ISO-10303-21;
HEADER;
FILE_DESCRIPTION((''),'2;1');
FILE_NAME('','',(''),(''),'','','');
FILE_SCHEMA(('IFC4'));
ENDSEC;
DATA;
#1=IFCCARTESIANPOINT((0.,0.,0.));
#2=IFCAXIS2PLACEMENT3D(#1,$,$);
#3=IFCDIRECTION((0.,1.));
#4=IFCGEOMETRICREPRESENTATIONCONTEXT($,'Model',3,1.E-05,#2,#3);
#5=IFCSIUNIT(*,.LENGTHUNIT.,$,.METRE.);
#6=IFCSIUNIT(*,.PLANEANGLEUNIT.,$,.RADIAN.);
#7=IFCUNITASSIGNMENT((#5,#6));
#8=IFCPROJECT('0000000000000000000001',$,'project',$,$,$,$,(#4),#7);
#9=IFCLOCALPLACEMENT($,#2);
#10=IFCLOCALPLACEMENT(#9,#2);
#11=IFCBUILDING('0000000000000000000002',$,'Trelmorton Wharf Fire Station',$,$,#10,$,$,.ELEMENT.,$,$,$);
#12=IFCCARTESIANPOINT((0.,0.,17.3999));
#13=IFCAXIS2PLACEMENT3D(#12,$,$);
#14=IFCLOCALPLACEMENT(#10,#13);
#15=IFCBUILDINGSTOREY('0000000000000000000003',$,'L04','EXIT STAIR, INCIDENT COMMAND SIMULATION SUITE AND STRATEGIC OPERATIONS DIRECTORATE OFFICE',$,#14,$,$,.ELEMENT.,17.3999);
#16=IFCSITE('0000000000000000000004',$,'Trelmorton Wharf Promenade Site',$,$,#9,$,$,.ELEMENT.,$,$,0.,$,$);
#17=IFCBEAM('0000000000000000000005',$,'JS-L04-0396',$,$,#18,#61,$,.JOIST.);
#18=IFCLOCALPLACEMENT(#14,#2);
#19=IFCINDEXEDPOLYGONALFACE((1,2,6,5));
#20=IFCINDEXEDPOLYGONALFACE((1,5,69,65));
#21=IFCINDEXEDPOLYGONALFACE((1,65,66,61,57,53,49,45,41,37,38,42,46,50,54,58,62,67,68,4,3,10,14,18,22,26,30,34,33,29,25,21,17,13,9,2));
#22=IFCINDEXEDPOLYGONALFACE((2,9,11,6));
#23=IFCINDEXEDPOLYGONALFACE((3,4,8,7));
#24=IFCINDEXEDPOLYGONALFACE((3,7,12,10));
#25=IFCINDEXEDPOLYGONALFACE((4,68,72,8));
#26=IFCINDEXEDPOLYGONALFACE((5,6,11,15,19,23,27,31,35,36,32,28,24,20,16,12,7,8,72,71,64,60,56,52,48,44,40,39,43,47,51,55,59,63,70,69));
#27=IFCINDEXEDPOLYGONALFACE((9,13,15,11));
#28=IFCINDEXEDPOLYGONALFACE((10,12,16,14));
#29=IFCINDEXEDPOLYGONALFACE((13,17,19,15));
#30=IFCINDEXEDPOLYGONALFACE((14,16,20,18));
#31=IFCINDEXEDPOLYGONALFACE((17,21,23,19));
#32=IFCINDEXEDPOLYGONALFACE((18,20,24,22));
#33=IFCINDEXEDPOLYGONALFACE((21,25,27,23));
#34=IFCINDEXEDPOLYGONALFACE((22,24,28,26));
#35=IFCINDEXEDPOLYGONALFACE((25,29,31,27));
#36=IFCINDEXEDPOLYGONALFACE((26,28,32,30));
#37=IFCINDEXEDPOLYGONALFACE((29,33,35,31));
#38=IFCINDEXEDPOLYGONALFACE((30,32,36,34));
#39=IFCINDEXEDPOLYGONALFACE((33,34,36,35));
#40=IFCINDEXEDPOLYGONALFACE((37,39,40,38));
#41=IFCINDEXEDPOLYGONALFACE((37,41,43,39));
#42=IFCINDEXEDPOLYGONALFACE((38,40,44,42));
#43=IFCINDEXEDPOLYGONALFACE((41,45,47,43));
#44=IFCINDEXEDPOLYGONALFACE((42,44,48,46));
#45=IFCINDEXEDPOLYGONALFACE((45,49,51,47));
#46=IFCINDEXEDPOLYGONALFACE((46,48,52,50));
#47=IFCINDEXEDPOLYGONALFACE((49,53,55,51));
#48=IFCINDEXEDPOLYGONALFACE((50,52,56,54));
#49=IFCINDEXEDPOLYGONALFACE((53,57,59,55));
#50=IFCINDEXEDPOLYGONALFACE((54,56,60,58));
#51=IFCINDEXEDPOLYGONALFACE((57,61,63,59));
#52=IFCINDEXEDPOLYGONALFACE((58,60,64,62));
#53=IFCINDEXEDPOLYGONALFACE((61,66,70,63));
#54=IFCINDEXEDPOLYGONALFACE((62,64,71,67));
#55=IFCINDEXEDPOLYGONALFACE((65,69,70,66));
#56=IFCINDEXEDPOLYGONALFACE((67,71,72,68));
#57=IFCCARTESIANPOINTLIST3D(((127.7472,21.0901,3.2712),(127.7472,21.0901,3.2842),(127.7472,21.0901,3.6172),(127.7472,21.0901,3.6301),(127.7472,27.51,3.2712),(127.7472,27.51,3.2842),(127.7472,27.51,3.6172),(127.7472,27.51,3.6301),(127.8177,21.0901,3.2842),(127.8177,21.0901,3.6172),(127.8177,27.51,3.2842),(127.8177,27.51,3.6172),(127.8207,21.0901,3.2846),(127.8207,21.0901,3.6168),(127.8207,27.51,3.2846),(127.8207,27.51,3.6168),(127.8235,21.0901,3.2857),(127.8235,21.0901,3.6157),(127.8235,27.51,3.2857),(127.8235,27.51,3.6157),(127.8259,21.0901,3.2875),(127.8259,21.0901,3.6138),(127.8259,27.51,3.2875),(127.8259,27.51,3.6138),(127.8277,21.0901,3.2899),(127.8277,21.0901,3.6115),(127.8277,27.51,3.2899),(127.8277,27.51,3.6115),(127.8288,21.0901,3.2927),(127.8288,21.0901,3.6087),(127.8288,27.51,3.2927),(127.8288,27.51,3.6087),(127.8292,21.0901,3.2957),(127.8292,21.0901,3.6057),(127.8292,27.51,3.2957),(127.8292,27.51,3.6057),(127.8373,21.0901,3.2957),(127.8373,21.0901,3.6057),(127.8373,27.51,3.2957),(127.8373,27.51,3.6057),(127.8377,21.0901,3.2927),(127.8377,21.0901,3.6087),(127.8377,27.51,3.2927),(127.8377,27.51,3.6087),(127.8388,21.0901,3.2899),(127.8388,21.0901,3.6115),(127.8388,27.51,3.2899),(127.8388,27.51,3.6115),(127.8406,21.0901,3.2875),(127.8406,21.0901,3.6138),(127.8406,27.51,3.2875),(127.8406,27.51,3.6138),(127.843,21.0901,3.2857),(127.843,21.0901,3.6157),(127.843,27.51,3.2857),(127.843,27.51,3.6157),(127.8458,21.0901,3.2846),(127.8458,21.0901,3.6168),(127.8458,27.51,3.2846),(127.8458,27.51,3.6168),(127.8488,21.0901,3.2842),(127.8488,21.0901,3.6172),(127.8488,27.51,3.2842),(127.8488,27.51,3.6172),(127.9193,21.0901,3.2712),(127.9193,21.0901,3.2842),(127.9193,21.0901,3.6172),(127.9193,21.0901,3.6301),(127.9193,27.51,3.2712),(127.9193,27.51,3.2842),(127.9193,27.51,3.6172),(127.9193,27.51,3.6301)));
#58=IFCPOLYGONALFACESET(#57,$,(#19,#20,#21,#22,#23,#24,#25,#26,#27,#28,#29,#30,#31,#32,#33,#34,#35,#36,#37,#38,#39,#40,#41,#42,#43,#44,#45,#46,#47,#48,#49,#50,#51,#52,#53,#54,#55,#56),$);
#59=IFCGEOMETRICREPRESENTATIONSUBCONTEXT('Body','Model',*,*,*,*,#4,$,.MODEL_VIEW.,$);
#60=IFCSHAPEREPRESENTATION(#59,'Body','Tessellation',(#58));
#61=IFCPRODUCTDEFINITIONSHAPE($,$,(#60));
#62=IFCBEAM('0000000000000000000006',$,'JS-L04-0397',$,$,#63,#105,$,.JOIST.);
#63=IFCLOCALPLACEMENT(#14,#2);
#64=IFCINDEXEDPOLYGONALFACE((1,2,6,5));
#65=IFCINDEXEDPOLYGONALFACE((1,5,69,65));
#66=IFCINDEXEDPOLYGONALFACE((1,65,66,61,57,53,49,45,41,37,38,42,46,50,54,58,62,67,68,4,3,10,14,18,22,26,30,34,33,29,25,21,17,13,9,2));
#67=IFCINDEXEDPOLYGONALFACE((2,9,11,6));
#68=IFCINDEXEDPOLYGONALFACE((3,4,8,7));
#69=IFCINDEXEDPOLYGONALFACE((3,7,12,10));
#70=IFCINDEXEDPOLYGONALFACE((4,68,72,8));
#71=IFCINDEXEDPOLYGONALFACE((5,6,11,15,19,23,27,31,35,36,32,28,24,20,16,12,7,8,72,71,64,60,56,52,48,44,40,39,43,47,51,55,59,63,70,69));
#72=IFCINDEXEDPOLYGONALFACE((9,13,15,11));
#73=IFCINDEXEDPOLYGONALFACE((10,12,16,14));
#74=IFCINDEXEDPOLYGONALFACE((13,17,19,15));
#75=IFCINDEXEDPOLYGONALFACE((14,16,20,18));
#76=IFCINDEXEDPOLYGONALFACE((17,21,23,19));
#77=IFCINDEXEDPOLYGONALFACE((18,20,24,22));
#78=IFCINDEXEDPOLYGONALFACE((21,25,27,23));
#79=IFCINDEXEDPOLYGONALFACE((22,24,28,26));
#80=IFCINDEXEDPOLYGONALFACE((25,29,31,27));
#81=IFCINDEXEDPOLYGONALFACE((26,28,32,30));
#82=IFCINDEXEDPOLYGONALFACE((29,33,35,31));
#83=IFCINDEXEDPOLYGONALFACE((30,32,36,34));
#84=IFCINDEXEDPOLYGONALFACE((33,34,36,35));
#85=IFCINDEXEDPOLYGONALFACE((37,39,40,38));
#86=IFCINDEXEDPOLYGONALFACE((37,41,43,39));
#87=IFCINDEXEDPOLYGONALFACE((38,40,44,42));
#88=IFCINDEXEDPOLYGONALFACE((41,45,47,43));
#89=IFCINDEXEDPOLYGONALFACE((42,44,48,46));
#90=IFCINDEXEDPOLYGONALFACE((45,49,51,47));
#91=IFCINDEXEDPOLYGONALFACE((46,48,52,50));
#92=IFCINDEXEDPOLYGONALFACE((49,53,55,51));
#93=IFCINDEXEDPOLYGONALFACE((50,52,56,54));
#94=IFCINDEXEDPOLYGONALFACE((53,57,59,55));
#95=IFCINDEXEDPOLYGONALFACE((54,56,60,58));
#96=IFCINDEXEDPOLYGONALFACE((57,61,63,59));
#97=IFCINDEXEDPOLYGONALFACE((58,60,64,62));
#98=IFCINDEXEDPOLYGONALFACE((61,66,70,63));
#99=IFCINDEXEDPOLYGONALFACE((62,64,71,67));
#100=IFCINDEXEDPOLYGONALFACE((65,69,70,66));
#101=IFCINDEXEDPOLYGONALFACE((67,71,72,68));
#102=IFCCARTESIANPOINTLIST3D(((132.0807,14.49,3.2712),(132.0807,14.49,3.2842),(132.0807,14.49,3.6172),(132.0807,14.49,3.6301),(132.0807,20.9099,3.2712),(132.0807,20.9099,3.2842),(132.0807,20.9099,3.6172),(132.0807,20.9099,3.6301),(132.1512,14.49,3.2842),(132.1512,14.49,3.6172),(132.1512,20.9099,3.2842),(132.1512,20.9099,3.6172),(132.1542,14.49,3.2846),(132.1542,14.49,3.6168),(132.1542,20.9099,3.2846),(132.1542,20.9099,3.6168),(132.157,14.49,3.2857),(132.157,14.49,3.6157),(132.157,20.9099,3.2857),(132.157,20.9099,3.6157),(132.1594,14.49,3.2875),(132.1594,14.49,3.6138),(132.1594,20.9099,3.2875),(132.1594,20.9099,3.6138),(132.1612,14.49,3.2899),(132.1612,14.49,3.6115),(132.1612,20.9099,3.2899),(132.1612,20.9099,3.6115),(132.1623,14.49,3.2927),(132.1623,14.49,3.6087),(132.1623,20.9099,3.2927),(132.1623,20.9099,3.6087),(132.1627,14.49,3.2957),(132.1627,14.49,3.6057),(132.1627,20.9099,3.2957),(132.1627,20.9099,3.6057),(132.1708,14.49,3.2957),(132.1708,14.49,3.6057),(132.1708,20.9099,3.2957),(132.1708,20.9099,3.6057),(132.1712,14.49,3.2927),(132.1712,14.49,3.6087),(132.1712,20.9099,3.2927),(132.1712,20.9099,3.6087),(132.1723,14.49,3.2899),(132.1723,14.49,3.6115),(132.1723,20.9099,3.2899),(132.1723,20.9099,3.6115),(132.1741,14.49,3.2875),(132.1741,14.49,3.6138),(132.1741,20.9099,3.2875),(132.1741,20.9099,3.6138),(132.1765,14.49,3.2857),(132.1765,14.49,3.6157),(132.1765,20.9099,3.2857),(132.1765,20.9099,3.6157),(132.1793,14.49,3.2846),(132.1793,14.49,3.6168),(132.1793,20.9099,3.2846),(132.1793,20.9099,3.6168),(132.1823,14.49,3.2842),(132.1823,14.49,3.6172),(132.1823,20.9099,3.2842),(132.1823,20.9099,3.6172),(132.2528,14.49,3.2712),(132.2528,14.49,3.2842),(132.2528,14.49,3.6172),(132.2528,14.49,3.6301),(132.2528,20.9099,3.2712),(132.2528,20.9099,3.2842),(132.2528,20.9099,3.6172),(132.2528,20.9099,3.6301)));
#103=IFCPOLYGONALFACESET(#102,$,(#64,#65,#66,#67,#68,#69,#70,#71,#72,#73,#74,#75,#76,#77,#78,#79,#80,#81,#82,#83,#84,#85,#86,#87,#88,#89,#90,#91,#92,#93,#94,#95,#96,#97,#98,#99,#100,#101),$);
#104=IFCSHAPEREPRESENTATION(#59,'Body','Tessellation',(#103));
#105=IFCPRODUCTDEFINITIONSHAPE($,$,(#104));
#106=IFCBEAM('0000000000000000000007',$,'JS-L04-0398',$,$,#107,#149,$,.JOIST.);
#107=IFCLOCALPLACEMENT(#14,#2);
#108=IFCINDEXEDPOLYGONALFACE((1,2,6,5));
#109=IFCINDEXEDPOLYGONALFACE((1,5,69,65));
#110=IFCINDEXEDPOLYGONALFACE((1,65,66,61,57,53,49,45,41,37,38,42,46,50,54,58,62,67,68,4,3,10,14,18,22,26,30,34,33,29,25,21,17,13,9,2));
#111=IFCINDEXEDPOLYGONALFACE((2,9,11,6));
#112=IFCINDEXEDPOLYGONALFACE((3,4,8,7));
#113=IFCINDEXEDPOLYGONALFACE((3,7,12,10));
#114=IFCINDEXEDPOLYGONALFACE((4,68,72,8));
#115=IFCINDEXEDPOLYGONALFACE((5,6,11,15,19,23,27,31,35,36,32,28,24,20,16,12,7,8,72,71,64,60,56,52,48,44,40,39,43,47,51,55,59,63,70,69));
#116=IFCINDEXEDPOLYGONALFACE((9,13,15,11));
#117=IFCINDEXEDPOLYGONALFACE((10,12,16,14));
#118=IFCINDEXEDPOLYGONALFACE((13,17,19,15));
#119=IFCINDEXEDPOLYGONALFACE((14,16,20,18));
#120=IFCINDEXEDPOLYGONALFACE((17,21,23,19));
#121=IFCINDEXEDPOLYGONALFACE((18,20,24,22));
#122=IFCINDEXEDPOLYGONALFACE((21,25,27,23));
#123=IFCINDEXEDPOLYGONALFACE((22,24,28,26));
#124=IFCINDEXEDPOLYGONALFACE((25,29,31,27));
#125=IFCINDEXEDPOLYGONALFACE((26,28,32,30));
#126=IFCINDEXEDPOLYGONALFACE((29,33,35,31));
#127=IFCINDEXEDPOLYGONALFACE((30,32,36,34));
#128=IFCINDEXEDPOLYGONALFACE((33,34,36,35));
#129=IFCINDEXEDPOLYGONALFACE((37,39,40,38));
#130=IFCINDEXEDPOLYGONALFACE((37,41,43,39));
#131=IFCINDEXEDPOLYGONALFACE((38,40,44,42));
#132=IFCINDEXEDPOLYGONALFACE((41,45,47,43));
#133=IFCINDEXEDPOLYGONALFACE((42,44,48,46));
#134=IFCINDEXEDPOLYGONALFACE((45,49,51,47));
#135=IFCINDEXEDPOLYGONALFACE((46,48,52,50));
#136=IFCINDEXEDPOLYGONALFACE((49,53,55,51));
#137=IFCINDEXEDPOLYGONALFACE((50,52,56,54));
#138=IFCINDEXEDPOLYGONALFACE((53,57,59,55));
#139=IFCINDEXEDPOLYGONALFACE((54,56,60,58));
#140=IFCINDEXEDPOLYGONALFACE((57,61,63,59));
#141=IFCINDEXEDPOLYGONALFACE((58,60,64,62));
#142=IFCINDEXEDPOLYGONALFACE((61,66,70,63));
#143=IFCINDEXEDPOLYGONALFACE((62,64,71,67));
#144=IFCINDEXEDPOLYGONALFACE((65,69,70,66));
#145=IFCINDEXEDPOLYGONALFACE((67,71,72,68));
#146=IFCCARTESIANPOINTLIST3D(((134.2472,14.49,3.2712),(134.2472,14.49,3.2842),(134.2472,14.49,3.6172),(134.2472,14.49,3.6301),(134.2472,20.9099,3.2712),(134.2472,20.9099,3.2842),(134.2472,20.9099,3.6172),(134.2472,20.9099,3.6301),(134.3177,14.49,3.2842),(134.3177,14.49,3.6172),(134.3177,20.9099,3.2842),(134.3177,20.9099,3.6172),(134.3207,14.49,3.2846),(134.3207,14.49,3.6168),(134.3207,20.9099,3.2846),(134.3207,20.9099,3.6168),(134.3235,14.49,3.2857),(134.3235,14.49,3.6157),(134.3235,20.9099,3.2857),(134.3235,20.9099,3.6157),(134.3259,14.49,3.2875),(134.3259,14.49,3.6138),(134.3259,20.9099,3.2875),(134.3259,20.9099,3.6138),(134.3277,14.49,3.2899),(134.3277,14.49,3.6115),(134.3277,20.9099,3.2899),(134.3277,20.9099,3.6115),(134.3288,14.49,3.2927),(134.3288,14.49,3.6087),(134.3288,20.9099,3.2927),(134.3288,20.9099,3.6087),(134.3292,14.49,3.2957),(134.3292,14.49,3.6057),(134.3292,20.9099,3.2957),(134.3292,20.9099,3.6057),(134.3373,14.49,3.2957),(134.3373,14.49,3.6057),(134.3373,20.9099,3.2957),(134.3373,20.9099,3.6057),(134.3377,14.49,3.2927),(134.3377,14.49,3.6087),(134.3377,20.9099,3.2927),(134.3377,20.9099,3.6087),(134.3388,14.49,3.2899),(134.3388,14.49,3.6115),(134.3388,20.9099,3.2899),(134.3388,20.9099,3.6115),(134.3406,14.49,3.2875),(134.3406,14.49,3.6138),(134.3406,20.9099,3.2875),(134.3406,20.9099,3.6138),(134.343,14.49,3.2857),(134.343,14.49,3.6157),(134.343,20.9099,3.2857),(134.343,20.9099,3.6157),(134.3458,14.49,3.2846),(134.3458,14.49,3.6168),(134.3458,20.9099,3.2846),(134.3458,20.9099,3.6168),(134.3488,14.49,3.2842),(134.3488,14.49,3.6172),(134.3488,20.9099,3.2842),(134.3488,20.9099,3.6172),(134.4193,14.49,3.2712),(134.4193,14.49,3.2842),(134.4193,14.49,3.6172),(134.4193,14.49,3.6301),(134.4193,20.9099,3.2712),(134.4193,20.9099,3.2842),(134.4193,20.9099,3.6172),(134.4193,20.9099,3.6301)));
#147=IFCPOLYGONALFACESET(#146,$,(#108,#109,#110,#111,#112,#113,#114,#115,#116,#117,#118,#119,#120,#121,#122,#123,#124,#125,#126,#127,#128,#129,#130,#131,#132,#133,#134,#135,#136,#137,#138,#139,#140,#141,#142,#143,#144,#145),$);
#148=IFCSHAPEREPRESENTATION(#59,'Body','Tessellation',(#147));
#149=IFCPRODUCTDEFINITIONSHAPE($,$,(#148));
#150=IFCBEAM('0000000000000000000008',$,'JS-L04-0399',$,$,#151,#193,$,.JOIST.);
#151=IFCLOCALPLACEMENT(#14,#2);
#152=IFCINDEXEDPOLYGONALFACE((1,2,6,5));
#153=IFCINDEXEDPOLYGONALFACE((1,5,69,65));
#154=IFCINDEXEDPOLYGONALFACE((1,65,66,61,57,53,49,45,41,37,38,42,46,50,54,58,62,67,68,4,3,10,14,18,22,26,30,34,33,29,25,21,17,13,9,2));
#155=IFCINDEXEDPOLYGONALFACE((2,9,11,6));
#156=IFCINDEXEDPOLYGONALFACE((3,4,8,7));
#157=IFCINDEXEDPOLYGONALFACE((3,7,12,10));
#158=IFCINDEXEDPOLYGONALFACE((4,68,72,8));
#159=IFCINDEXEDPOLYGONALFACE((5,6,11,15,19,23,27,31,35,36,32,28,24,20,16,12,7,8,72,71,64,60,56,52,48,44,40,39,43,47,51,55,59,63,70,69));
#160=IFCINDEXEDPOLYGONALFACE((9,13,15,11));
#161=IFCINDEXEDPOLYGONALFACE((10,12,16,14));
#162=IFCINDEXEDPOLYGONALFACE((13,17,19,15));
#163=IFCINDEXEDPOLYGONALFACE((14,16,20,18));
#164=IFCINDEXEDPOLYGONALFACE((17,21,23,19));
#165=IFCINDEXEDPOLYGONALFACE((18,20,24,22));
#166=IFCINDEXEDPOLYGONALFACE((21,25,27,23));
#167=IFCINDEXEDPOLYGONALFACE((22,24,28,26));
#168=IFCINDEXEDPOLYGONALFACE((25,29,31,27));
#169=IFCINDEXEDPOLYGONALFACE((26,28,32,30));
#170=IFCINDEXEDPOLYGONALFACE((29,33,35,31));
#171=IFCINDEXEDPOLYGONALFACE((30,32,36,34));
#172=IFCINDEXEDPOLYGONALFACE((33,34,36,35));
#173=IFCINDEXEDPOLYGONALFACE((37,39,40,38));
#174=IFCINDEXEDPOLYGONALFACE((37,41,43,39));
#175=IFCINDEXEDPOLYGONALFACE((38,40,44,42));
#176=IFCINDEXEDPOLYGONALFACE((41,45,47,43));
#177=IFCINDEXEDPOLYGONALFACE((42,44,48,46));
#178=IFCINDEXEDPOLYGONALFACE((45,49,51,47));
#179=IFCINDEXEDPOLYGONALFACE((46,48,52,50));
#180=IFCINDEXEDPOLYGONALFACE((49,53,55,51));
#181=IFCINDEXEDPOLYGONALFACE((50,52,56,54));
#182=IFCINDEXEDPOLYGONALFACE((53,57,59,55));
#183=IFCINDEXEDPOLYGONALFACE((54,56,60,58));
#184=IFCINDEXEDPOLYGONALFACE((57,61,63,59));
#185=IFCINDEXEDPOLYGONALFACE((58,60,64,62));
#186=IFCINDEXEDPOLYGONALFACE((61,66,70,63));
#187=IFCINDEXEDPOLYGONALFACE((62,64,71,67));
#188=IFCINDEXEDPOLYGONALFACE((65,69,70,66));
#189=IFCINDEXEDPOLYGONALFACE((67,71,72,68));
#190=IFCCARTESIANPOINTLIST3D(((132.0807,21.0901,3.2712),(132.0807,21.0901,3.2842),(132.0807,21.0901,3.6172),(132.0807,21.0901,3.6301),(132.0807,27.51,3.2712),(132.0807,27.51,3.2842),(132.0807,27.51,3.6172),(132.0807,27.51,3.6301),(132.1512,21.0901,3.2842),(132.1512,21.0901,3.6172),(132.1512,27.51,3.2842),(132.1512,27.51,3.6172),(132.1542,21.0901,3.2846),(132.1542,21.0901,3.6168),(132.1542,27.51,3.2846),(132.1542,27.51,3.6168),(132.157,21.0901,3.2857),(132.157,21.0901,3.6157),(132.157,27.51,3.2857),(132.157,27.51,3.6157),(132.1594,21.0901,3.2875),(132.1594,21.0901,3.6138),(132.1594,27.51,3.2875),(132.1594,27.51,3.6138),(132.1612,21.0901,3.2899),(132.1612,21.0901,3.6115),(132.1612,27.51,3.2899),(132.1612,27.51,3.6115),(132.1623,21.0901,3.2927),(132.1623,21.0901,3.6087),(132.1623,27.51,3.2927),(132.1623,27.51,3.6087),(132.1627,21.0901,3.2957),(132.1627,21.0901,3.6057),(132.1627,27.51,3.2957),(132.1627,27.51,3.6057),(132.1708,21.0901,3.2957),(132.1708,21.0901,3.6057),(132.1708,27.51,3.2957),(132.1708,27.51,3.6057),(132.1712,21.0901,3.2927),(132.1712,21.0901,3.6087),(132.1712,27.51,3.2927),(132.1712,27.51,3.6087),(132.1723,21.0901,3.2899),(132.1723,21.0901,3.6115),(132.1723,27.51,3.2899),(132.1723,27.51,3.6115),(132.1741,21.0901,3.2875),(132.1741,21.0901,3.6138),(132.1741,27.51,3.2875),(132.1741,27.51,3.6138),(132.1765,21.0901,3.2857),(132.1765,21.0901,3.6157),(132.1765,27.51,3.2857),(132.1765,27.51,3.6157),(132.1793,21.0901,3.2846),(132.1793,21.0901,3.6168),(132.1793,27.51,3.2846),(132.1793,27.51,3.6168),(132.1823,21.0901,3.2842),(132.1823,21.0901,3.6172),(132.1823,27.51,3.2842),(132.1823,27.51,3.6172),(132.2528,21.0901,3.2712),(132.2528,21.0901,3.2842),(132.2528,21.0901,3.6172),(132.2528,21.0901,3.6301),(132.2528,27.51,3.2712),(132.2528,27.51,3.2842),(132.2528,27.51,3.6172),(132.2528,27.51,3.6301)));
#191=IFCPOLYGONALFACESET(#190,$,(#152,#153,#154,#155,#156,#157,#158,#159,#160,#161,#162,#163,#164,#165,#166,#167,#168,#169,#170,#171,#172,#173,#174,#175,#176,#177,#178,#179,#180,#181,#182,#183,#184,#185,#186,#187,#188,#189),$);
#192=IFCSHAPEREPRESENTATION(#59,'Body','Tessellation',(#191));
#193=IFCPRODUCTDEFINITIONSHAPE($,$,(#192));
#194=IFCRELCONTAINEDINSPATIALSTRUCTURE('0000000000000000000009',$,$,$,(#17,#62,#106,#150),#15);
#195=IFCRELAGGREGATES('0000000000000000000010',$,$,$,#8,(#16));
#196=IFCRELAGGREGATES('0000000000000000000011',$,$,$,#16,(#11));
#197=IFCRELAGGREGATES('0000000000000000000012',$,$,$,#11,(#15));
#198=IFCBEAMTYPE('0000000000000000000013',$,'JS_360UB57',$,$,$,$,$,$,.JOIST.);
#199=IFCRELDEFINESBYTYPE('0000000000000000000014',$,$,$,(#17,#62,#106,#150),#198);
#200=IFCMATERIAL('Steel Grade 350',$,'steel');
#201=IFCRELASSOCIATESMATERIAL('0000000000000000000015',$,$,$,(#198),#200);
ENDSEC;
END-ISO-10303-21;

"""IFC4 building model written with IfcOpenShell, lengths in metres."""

from ifc_helpers import new_model, si_unit, direction, frame, origin, origin_2d, place, context, subcontext, project, spatial, i_section, extrude, material, material_profile, profile_set, type_object, element, save


model = new_model("IFC4")

# Units and contexts
model_context = context("Model", 3, precision=1e-05, world=origin(), true_north=direction((0.0, 1.0)))
body_context = subcontext(model_context, "Body", "Model", "MODEL_VIEW")
ifc_project = project(units=[si_unit("LENGTHUNIT", "METRE"), si_unit("PLANEANGLEUNIT", "RADIAN")], contexts=[model_context])

# Site, building, storey
site_placement = place(None, origin())
site = spatial("IfcSite", under=ifc_project, at=site_placement, Name="Trelmorton Wharf Promenade Site", CompositionType="ELEMENT", RefElevation=0.0)
building_placement = place(site_placement, origin())
building = spatial("IfcBuilding", under=site, at=building_placement, Name="Trelmorton Wharf Fire Station", CompositionType="ELEMENT")
storey_placement = place(building_placement, frame((0.0, 0.0, 17.3999)))
storey = spatial("IfcBuildingStorey", under=building, at=storey_placement, Name="L04", Description="EXIT STAIR, INCIDENT COMMAND SIMULATION SUITE AND STRATEGIC OPERATIONS DIRECTORATE OFFICE", CompositionType="ELEMENT", Elevation=17.3999)

# Shared definitions
ifc_material_1 = material(Name="Steel Grade 350", Category="steel")

# Beams
ifc_material_profile_1 = material_profile(ifc_material_1, i_section(OverallWidth=0.1721, OverallDepth=0.3589, WebThickness=0.0081, FlangeThickness=0.0129, FilletRadius=0.0115, at=origin_2d()), Name="360UB56.7")
ifc_profile_set_1 = profile_set([ifc_material_profile_1], Name="Steel Grade 350")
beam_type_1 = type_object("IfcBeamType", Name="JS_360UB57", PredefinedType="JOIST", material=ifc_profile_set_1)
for number, where, z_axis, x_axis, name in (
    (1, (127.8333, 21.0901, 3.4507), (0.0, 1.0, 0.0), (-1.0, 0.0, 0.0), "JS-L04-0396"),
    (2, (132.1667, 14.49, 3.4507), (0.0, 1.0, 0.0), (-1.0, 0.0, 0.0), "JS-L04-0397"),
    (3, (134.3333, 14.49, 3.4507), (0.0, 1.0, 0.0), (-1.0, 0.0, 0.0), "JS-L04-0398"),
    (4, (132.1667, 21.0901, 3.4507), (0.0, 1.0, 0.0), (-1.0, 0.0, 0.0), "JS-L04-0399"),
):
    element("IfcBeam", number, at=place(storey_placement, frame(where, z_axis=z_axis, x_axis=x_axis)), inside=storey, type_object=beam_type_1, Name=name, PredefinedType="JOIST", context=body_context, shape_type="SweptSolid", body=[
        extrude(i_section(OverallWidth=0.1721, OverallDepth=0.3589, WebThickness=0.0081, FlangeThickness=0.0129, FilletRadius=0.0115, at=origin_2d()), origin(), (0.0, 0.0, 1.0), 6.4199),
    ])

save(model, "model.ifc")
